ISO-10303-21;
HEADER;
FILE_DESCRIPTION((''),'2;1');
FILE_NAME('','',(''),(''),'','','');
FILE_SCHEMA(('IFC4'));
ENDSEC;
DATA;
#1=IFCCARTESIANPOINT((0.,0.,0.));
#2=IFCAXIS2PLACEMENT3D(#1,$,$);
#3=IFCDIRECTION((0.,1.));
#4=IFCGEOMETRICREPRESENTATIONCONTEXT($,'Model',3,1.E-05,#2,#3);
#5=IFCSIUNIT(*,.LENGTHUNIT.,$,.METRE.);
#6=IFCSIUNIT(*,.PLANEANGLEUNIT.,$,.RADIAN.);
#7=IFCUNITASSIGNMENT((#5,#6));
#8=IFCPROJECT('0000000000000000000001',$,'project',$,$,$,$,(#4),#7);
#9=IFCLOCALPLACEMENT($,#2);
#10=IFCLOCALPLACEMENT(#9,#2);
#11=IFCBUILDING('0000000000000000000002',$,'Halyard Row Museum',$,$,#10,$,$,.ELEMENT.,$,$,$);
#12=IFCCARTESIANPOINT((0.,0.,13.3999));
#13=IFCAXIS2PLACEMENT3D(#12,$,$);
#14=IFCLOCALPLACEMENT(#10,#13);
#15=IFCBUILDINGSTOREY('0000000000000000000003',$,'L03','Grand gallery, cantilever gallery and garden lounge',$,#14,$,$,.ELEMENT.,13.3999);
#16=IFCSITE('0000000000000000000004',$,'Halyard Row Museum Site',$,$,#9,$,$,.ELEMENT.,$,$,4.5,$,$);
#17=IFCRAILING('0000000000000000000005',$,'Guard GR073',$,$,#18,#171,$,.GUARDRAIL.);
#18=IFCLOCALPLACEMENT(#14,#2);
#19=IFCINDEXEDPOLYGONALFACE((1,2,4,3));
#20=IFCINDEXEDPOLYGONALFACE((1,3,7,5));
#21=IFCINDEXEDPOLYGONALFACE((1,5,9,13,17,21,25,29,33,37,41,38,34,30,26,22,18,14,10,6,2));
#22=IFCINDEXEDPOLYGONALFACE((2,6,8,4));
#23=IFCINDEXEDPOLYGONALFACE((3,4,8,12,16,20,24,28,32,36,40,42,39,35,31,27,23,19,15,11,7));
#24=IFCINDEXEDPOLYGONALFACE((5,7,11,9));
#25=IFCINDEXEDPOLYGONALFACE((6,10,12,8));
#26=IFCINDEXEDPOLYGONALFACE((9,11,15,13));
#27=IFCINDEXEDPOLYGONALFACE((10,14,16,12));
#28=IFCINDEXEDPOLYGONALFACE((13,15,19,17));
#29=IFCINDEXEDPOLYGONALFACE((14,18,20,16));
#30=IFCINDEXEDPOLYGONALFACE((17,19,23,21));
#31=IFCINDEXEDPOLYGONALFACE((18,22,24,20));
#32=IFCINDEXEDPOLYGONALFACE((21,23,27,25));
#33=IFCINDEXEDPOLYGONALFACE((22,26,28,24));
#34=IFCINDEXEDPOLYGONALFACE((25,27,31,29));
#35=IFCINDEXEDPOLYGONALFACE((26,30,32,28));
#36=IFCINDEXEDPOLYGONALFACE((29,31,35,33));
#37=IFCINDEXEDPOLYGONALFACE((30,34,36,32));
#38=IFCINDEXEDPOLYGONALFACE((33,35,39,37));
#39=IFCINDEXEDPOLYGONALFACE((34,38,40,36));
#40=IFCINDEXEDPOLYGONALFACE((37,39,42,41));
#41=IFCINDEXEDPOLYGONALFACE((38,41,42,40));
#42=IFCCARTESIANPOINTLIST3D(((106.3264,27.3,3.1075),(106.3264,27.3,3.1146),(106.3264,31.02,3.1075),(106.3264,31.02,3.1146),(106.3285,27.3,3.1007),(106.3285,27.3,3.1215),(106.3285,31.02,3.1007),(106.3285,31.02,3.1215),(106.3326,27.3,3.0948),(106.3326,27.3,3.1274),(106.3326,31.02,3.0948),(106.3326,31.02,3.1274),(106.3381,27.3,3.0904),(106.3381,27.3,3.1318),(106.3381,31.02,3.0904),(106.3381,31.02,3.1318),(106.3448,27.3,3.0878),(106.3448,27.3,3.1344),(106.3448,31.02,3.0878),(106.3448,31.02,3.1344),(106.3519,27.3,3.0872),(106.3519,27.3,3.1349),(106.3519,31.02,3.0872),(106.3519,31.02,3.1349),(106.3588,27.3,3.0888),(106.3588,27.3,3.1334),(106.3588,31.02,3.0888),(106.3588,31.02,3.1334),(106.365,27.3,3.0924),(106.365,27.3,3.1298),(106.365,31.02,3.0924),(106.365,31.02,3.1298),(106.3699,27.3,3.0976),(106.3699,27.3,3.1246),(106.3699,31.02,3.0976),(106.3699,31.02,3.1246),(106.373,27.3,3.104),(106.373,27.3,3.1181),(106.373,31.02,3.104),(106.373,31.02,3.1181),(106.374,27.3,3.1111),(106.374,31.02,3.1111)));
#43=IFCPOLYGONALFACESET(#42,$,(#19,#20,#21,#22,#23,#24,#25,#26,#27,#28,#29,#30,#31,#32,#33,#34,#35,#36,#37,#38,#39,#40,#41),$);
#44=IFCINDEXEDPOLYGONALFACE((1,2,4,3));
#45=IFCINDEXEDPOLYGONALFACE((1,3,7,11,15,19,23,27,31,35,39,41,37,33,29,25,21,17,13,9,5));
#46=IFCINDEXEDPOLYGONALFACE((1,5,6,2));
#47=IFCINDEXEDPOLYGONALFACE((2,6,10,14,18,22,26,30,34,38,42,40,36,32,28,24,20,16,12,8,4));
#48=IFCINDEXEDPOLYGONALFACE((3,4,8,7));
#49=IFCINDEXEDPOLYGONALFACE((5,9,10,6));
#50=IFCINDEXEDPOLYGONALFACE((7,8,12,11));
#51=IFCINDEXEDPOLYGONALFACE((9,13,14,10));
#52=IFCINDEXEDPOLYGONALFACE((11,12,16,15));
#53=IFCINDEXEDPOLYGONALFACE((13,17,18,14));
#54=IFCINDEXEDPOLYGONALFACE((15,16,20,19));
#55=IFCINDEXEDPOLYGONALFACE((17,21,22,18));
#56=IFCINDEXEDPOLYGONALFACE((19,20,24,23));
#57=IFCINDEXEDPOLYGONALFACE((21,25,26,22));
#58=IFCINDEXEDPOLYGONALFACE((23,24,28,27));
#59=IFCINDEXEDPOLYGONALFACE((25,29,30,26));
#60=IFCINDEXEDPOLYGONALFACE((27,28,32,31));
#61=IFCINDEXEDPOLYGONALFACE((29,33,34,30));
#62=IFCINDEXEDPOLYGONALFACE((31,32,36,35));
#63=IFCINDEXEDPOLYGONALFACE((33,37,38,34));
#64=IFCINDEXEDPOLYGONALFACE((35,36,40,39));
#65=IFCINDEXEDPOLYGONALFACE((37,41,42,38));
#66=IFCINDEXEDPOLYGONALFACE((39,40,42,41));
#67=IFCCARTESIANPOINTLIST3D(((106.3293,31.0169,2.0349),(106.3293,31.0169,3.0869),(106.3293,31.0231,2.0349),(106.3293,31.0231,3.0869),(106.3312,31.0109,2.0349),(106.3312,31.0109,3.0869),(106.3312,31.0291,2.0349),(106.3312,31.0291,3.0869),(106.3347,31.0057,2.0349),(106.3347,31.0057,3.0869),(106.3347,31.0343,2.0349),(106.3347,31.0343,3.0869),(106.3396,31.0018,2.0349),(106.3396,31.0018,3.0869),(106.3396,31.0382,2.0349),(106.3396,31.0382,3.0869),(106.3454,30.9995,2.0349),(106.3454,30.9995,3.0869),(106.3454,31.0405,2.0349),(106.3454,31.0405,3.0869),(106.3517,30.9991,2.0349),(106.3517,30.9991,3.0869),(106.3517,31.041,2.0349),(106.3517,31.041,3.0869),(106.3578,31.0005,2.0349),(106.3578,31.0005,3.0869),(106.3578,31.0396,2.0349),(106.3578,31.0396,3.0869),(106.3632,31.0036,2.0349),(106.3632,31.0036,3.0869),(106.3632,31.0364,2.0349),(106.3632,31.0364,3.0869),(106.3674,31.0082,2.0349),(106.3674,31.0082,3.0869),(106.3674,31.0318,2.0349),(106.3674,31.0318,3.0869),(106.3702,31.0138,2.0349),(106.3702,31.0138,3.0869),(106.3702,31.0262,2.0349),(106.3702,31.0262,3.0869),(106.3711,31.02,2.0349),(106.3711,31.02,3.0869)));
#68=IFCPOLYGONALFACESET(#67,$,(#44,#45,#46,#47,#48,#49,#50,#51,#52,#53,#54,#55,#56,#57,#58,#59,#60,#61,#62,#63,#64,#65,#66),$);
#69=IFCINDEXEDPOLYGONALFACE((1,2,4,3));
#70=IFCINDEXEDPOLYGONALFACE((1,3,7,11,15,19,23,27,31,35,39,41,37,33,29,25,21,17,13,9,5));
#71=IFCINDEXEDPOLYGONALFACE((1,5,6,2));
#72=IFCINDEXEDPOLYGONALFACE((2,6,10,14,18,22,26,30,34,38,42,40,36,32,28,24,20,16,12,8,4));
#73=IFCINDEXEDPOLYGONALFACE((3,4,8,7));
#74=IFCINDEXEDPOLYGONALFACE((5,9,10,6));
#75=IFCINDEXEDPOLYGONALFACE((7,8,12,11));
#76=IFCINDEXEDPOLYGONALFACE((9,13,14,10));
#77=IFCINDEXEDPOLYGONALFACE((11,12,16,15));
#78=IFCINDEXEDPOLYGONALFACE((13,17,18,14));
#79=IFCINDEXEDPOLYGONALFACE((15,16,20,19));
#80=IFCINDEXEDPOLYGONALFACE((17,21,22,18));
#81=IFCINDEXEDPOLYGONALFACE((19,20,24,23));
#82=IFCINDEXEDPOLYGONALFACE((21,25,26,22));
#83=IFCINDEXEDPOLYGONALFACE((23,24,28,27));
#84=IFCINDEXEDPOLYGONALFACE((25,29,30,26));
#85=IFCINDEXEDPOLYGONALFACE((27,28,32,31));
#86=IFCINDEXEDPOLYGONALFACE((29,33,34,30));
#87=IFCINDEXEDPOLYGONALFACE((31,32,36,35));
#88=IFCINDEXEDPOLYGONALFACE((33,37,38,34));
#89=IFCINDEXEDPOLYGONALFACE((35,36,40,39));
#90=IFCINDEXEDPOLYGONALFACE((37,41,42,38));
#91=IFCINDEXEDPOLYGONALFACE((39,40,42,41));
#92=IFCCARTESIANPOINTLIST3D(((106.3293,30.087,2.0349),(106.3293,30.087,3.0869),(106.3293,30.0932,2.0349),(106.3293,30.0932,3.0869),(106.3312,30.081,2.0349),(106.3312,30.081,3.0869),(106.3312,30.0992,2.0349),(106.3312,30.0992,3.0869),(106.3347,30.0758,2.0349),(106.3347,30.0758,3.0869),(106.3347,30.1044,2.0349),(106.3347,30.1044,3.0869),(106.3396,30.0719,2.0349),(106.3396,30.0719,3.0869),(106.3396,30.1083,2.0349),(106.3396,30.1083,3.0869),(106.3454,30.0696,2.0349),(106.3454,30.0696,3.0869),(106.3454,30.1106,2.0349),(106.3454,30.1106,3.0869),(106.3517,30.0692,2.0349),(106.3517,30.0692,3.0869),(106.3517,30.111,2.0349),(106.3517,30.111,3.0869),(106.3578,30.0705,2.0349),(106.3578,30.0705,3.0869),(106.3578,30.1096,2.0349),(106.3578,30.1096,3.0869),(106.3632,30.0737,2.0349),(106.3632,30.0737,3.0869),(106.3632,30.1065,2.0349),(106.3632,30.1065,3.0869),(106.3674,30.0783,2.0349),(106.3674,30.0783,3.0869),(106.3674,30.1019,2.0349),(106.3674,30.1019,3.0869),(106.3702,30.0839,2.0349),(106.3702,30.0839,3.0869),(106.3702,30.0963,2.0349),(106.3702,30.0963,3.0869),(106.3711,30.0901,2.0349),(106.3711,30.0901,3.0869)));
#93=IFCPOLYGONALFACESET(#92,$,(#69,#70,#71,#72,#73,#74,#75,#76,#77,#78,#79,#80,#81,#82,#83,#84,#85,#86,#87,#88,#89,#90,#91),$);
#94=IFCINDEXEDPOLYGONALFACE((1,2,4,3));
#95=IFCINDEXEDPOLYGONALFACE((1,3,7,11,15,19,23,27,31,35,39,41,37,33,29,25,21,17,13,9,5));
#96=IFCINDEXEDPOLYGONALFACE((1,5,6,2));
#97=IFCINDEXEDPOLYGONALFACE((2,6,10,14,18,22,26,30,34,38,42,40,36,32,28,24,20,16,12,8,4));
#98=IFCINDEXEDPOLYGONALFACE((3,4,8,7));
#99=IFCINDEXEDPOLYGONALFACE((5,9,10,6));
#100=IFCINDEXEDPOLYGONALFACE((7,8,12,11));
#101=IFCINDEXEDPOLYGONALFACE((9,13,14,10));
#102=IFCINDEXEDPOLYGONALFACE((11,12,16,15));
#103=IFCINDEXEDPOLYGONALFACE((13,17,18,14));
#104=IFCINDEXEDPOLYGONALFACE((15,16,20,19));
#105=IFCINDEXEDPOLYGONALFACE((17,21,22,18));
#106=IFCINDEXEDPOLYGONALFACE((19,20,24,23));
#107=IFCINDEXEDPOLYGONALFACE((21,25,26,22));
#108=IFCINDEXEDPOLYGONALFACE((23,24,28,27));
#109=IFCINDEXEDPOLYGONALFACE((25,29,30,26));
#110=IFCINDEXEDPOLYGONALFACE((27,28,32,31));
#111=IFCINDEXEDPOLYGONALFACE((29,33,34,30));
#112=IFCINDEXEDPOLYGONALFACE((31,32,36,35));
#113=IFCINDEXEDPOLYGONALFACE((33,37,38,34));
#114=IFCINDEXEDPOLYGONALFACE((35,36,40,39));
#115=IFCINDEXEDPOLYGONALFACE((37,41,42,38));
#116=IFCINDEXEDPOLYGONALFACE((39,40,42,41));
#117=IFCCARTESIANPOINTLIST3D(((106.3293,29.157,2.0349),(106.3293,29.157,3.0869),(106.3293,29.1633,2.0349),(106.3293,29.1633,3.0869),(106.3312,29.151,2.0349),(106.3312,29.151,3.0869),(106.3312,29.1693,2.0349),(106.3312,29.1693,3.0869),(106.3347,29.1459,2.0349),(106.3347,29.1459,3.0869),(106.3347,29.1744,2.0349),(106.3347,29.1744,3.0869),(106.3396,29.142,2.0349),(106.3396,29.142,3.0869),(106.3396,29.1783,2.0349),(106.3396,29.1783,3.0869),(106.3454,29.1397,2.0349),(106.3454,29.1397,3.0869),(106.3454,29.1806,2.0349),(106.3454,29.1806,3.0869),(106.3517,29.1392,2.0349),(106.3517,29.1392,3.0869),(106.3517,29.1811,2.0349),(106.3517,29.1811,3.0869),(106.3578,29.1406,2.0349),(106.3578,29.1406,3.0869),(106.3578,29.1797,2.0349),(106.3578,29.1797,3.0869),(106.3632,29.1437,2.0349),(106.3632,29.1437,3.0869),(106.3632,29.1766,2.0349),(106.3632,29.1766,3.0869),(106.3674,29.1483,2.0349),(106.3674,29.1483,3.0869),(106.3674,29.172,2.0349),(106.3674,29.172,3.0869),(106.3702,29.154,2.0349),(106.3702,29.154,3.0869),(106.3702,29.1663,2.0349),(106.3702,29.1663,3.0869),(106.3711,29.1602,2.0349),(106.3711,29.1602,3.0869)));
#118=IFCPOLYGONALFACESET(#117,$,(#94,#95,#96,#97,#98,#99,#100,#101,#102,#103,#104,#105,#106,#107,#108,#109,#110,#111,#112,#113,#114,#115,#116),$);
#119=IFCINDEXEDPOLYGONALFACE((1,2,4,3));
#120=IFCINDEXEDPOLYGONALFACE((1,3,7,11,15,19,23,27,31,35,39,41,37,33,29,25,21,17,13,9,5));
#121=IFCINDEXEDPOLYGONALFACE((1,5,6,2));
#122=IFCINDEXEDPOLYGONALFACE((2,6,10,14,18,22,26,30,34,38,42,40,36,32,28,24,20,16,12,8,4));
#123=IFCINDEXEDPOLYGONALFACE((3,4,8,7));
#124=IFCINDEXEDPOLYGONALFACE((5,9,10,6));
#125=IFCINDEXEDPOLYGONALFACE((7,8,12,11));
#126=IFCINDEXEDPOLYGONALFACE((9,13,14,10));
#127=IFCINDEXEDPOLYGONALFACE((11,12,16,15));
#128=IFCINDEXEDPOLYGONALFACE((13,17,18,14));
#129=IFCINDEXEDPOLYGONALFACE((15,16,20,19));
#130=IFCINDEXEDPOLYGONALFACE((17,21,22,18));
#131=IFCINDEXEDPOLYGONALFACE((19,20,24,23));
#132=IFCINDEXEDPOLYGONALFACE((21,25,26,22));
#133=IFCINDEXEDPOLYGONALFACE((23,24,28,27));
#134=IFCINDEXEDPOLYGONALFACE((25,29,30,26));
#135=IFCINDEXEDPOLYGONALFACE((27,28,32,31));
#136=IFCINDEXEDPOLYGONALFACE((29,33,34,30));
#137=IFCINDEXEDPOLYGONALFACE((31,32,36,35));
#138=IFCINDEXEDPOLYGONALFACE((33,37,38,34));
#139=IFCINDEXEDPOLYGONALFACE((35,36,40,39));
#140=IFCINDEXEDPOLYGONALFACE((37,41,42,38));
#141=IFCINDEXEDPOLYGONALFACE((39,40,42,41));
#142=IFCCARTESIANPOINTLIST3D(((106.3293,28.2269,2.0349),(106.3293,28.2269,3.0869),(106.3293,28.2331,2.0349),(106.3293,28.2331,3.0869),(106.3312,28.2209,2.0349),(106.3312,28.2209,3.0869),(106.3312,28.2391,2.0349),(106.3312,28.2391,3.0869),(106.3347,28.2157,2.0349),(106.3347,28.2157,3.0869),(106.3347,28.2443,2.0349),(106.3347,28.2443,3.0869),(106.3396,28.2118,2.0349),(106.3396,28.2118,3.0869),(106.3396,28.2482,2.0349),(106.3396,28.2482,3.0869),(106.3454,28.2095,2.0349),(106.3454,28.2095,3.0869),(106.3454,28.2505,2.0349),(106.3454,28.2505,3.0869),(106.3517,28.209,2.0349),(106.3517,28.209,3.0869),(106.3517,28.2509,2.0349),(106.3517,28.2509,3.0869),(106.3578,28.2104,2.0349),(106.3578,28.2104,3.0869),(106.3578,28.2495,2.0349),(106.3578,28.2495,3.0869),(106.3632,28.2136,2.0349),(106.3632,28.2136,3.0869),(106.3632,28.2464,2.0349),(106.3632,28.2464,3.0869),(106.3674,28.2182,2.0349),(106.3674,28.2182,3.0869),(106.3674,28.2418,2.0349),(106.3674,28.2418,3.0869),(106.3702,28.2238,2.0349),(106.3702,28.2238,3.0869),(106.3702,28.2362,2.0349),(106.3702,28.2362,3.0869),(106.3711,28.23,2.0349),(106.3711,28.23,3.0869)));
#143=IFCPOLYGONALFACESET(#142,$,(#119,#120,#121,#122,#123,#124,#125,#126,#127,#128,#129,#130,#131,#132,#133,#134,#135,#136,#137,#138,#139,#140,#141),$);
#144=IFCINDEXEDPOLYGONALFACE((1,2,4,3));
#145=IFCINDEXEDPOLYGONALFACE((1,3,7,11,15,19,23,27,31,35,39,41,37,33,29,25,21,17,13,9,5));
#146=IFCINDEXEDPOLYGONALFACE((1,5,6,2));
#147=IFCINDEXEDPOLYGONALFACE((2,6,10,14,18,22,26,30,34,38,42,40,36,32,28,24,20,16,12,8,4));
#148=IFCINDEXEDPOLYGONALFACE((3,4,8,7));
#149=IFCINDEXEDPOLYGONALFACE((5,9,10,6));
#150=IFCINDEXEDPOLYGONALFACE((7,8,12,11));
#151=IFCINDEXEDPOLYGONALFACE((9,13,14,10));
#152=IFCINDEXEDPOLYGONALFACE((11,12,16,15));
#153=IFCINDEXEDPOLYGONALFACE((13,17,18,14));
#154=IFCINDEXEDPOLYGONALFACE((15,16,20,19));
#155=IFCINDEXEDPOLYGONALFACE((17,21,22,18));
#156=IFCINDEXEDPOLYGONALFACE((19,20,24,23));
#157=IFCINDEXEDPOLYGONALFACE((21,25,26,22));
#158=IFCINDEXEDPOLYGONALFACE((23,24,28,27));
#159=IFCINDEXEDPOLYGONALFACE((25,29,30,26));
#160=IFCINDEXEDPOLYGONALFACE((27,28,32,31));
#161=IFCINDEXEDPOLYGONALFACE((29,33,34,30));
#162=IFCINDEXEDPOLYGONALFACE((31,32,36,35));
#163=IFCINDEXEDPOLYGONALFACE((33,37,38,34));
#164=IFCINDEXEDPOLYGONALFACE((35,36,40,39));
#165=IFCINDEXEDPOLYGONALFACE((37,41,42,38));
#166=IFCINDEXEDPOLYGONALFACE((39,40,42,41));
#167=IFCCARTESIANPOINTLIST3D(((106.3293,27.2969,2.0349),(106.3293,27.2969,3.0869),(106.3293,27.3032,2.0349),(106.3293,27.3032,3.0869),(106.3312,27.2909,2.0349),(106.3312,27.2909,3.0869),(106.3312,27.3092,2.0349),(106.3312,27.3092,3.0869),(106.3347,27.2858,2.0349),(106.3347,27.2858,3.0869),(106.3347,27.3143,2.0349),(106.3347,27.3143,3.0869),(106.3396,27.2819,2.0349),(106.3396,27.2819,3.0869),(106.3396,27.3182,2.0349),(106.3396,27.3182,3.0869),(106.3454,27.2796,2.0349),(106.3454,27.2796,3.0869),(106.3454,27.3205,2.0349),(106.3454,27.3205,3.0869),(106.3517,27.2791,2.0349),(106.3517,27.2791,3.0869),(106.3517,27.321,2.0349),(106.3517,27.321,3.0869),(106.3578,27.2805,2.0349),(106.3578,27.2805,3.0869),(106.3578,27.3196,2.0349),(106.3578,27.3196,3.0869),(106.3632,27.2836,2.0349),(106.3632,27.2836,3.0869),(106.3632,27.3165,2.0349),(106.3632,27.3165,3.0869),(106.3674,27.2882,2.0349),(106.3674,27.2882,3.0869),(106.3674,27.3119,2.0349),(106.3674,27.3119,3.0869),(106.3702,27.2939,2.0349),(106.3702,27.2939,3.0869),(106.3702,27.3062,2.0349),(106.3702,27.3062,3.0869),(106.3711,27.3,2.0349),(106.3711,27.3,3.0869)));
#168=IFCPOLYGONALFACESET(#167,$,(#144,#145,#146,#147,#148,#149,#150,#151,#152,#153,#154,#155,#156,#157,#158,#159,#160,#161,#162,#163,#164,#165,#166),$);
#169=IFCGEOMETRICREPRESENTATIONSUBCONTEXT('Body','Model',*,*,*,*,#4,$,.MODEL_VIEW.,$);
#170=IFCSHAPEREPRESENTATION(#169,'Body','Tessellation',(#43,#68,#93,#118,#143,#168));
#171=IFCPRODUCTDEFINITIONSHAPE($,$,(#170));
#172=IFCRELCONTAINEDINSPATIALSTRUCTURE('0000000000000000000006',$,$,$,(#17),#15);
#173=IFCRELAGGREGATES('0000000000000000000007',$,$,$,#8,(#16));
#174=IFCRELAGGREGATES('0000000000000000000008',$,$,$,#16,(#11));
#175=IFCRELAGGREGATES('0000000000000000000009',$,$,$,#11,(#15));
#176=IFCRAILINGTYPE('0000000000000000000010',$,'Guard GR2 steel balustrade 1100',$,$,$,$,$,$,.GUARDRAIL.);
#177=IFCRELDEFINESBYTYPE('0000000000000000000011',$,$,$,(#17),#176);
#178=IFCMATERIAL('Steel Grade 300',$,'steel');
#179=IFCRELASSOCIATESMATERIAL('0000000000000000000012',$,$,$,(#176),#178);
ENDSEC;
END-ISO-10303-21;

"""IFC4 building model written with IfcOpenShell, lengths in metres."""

from ifc_helpers import new_model, si_unit, direction, frame, origin, origin_2d, place, context, subcontext, project, spatial, circle, extrude, material, type_object, element, save


model = new_model("IFC4")

# Units and contexts
model_context = context("Model", 3, precision=1e-05, world=origin(), true_north=direction((0.0, 1.0)))
body_context = subcontext(model_context, "Body", "Model", "MODEL_VIEW")
ifc_project = project(units=[si_unit("LENGTHUNIT", "METRE"), si_unit("PLANEANGLEUNIT", "RADIAN")], contexts=[model_context])

# Site, building, storey
site_placement = place(None, origin())
site = spatial("IfcSite", under=ifc_project, at=site_placement, Name="Halyard Row Museum Site", CompositionType="ELEMENT", RefElevation=4.5)
building_placement = place(site_placement, origin())
building = spatial("IfcBuilding", under=site, at=building_placement, Name="Halyard Row Museum", CompositionType="ELEMENT")
storey_placement = place(building_placement, frame((0.0, 0.0, 13.3999)))
storey = spatial("IfcBuildingStorey", under=building, at=storey_placement, Name="L03", Description="Grand gallery, cantilever gallery and garden lounge", CompositionType="ELEMENT", Elevation=13.3999)

# Railing
ifc_material_1 = material(Name="Steel Grade 300", Category="steel")
railing_type_1 = type_object("IfcRailingType", Name="Guard GR2 steel balustrade 1100", PredefinedType="GUARDRAIL", material=ifc_material_1)
railing_1_placement = place(storey_placement, frame((106.3501, 31.02, 2.0349)))
element("IfcRailing", 1, at=railing_1_placement, inside=storey, type_object=railing_type_1, Name="Guard GR073", PredefinedType="GUARDRAIL", context=body_context, shape_type="SweptSolid", body=[
    extrude(circle(Radius=0.0239, at=origin_2d()), frame((0.0, 0.0, 1.0762), z_axis=(0.0, -1.0, 0.0), x_axis=(1.0, 0.0, 0.0)), (0.0, 0.0, 1.0), 3.72),
    extrude(circle(Radius=0.021, at=origin_2d()), origin(), (0.0, 0.0, 1.0), 1.052),
    extrude(circle(Radius=0.021, at=origin_2d()), frame((0.0, -0.9299, 0.0)), (0.0, 0.0, 1.0), 1.052),
    extrude(circle(Radius=0.021, at=origin_2d()), frame((0.0, -1.8599, 0.0)), (0.0, 0.0, 1.0), 1.052),
    extrude(circle(Radius=0.021, at=origin_2d()), frame((0.0, -2.79, 0.0)), (0.0, 0.0, 1.0), 1.052),
    extrude(circle(Radius=0.021, at=origin_2d()), frame((0.0, -3.72, 0.0)), (0.0, 0.0, 1.0), 1.052),
])

save(model, "model.ifc")
